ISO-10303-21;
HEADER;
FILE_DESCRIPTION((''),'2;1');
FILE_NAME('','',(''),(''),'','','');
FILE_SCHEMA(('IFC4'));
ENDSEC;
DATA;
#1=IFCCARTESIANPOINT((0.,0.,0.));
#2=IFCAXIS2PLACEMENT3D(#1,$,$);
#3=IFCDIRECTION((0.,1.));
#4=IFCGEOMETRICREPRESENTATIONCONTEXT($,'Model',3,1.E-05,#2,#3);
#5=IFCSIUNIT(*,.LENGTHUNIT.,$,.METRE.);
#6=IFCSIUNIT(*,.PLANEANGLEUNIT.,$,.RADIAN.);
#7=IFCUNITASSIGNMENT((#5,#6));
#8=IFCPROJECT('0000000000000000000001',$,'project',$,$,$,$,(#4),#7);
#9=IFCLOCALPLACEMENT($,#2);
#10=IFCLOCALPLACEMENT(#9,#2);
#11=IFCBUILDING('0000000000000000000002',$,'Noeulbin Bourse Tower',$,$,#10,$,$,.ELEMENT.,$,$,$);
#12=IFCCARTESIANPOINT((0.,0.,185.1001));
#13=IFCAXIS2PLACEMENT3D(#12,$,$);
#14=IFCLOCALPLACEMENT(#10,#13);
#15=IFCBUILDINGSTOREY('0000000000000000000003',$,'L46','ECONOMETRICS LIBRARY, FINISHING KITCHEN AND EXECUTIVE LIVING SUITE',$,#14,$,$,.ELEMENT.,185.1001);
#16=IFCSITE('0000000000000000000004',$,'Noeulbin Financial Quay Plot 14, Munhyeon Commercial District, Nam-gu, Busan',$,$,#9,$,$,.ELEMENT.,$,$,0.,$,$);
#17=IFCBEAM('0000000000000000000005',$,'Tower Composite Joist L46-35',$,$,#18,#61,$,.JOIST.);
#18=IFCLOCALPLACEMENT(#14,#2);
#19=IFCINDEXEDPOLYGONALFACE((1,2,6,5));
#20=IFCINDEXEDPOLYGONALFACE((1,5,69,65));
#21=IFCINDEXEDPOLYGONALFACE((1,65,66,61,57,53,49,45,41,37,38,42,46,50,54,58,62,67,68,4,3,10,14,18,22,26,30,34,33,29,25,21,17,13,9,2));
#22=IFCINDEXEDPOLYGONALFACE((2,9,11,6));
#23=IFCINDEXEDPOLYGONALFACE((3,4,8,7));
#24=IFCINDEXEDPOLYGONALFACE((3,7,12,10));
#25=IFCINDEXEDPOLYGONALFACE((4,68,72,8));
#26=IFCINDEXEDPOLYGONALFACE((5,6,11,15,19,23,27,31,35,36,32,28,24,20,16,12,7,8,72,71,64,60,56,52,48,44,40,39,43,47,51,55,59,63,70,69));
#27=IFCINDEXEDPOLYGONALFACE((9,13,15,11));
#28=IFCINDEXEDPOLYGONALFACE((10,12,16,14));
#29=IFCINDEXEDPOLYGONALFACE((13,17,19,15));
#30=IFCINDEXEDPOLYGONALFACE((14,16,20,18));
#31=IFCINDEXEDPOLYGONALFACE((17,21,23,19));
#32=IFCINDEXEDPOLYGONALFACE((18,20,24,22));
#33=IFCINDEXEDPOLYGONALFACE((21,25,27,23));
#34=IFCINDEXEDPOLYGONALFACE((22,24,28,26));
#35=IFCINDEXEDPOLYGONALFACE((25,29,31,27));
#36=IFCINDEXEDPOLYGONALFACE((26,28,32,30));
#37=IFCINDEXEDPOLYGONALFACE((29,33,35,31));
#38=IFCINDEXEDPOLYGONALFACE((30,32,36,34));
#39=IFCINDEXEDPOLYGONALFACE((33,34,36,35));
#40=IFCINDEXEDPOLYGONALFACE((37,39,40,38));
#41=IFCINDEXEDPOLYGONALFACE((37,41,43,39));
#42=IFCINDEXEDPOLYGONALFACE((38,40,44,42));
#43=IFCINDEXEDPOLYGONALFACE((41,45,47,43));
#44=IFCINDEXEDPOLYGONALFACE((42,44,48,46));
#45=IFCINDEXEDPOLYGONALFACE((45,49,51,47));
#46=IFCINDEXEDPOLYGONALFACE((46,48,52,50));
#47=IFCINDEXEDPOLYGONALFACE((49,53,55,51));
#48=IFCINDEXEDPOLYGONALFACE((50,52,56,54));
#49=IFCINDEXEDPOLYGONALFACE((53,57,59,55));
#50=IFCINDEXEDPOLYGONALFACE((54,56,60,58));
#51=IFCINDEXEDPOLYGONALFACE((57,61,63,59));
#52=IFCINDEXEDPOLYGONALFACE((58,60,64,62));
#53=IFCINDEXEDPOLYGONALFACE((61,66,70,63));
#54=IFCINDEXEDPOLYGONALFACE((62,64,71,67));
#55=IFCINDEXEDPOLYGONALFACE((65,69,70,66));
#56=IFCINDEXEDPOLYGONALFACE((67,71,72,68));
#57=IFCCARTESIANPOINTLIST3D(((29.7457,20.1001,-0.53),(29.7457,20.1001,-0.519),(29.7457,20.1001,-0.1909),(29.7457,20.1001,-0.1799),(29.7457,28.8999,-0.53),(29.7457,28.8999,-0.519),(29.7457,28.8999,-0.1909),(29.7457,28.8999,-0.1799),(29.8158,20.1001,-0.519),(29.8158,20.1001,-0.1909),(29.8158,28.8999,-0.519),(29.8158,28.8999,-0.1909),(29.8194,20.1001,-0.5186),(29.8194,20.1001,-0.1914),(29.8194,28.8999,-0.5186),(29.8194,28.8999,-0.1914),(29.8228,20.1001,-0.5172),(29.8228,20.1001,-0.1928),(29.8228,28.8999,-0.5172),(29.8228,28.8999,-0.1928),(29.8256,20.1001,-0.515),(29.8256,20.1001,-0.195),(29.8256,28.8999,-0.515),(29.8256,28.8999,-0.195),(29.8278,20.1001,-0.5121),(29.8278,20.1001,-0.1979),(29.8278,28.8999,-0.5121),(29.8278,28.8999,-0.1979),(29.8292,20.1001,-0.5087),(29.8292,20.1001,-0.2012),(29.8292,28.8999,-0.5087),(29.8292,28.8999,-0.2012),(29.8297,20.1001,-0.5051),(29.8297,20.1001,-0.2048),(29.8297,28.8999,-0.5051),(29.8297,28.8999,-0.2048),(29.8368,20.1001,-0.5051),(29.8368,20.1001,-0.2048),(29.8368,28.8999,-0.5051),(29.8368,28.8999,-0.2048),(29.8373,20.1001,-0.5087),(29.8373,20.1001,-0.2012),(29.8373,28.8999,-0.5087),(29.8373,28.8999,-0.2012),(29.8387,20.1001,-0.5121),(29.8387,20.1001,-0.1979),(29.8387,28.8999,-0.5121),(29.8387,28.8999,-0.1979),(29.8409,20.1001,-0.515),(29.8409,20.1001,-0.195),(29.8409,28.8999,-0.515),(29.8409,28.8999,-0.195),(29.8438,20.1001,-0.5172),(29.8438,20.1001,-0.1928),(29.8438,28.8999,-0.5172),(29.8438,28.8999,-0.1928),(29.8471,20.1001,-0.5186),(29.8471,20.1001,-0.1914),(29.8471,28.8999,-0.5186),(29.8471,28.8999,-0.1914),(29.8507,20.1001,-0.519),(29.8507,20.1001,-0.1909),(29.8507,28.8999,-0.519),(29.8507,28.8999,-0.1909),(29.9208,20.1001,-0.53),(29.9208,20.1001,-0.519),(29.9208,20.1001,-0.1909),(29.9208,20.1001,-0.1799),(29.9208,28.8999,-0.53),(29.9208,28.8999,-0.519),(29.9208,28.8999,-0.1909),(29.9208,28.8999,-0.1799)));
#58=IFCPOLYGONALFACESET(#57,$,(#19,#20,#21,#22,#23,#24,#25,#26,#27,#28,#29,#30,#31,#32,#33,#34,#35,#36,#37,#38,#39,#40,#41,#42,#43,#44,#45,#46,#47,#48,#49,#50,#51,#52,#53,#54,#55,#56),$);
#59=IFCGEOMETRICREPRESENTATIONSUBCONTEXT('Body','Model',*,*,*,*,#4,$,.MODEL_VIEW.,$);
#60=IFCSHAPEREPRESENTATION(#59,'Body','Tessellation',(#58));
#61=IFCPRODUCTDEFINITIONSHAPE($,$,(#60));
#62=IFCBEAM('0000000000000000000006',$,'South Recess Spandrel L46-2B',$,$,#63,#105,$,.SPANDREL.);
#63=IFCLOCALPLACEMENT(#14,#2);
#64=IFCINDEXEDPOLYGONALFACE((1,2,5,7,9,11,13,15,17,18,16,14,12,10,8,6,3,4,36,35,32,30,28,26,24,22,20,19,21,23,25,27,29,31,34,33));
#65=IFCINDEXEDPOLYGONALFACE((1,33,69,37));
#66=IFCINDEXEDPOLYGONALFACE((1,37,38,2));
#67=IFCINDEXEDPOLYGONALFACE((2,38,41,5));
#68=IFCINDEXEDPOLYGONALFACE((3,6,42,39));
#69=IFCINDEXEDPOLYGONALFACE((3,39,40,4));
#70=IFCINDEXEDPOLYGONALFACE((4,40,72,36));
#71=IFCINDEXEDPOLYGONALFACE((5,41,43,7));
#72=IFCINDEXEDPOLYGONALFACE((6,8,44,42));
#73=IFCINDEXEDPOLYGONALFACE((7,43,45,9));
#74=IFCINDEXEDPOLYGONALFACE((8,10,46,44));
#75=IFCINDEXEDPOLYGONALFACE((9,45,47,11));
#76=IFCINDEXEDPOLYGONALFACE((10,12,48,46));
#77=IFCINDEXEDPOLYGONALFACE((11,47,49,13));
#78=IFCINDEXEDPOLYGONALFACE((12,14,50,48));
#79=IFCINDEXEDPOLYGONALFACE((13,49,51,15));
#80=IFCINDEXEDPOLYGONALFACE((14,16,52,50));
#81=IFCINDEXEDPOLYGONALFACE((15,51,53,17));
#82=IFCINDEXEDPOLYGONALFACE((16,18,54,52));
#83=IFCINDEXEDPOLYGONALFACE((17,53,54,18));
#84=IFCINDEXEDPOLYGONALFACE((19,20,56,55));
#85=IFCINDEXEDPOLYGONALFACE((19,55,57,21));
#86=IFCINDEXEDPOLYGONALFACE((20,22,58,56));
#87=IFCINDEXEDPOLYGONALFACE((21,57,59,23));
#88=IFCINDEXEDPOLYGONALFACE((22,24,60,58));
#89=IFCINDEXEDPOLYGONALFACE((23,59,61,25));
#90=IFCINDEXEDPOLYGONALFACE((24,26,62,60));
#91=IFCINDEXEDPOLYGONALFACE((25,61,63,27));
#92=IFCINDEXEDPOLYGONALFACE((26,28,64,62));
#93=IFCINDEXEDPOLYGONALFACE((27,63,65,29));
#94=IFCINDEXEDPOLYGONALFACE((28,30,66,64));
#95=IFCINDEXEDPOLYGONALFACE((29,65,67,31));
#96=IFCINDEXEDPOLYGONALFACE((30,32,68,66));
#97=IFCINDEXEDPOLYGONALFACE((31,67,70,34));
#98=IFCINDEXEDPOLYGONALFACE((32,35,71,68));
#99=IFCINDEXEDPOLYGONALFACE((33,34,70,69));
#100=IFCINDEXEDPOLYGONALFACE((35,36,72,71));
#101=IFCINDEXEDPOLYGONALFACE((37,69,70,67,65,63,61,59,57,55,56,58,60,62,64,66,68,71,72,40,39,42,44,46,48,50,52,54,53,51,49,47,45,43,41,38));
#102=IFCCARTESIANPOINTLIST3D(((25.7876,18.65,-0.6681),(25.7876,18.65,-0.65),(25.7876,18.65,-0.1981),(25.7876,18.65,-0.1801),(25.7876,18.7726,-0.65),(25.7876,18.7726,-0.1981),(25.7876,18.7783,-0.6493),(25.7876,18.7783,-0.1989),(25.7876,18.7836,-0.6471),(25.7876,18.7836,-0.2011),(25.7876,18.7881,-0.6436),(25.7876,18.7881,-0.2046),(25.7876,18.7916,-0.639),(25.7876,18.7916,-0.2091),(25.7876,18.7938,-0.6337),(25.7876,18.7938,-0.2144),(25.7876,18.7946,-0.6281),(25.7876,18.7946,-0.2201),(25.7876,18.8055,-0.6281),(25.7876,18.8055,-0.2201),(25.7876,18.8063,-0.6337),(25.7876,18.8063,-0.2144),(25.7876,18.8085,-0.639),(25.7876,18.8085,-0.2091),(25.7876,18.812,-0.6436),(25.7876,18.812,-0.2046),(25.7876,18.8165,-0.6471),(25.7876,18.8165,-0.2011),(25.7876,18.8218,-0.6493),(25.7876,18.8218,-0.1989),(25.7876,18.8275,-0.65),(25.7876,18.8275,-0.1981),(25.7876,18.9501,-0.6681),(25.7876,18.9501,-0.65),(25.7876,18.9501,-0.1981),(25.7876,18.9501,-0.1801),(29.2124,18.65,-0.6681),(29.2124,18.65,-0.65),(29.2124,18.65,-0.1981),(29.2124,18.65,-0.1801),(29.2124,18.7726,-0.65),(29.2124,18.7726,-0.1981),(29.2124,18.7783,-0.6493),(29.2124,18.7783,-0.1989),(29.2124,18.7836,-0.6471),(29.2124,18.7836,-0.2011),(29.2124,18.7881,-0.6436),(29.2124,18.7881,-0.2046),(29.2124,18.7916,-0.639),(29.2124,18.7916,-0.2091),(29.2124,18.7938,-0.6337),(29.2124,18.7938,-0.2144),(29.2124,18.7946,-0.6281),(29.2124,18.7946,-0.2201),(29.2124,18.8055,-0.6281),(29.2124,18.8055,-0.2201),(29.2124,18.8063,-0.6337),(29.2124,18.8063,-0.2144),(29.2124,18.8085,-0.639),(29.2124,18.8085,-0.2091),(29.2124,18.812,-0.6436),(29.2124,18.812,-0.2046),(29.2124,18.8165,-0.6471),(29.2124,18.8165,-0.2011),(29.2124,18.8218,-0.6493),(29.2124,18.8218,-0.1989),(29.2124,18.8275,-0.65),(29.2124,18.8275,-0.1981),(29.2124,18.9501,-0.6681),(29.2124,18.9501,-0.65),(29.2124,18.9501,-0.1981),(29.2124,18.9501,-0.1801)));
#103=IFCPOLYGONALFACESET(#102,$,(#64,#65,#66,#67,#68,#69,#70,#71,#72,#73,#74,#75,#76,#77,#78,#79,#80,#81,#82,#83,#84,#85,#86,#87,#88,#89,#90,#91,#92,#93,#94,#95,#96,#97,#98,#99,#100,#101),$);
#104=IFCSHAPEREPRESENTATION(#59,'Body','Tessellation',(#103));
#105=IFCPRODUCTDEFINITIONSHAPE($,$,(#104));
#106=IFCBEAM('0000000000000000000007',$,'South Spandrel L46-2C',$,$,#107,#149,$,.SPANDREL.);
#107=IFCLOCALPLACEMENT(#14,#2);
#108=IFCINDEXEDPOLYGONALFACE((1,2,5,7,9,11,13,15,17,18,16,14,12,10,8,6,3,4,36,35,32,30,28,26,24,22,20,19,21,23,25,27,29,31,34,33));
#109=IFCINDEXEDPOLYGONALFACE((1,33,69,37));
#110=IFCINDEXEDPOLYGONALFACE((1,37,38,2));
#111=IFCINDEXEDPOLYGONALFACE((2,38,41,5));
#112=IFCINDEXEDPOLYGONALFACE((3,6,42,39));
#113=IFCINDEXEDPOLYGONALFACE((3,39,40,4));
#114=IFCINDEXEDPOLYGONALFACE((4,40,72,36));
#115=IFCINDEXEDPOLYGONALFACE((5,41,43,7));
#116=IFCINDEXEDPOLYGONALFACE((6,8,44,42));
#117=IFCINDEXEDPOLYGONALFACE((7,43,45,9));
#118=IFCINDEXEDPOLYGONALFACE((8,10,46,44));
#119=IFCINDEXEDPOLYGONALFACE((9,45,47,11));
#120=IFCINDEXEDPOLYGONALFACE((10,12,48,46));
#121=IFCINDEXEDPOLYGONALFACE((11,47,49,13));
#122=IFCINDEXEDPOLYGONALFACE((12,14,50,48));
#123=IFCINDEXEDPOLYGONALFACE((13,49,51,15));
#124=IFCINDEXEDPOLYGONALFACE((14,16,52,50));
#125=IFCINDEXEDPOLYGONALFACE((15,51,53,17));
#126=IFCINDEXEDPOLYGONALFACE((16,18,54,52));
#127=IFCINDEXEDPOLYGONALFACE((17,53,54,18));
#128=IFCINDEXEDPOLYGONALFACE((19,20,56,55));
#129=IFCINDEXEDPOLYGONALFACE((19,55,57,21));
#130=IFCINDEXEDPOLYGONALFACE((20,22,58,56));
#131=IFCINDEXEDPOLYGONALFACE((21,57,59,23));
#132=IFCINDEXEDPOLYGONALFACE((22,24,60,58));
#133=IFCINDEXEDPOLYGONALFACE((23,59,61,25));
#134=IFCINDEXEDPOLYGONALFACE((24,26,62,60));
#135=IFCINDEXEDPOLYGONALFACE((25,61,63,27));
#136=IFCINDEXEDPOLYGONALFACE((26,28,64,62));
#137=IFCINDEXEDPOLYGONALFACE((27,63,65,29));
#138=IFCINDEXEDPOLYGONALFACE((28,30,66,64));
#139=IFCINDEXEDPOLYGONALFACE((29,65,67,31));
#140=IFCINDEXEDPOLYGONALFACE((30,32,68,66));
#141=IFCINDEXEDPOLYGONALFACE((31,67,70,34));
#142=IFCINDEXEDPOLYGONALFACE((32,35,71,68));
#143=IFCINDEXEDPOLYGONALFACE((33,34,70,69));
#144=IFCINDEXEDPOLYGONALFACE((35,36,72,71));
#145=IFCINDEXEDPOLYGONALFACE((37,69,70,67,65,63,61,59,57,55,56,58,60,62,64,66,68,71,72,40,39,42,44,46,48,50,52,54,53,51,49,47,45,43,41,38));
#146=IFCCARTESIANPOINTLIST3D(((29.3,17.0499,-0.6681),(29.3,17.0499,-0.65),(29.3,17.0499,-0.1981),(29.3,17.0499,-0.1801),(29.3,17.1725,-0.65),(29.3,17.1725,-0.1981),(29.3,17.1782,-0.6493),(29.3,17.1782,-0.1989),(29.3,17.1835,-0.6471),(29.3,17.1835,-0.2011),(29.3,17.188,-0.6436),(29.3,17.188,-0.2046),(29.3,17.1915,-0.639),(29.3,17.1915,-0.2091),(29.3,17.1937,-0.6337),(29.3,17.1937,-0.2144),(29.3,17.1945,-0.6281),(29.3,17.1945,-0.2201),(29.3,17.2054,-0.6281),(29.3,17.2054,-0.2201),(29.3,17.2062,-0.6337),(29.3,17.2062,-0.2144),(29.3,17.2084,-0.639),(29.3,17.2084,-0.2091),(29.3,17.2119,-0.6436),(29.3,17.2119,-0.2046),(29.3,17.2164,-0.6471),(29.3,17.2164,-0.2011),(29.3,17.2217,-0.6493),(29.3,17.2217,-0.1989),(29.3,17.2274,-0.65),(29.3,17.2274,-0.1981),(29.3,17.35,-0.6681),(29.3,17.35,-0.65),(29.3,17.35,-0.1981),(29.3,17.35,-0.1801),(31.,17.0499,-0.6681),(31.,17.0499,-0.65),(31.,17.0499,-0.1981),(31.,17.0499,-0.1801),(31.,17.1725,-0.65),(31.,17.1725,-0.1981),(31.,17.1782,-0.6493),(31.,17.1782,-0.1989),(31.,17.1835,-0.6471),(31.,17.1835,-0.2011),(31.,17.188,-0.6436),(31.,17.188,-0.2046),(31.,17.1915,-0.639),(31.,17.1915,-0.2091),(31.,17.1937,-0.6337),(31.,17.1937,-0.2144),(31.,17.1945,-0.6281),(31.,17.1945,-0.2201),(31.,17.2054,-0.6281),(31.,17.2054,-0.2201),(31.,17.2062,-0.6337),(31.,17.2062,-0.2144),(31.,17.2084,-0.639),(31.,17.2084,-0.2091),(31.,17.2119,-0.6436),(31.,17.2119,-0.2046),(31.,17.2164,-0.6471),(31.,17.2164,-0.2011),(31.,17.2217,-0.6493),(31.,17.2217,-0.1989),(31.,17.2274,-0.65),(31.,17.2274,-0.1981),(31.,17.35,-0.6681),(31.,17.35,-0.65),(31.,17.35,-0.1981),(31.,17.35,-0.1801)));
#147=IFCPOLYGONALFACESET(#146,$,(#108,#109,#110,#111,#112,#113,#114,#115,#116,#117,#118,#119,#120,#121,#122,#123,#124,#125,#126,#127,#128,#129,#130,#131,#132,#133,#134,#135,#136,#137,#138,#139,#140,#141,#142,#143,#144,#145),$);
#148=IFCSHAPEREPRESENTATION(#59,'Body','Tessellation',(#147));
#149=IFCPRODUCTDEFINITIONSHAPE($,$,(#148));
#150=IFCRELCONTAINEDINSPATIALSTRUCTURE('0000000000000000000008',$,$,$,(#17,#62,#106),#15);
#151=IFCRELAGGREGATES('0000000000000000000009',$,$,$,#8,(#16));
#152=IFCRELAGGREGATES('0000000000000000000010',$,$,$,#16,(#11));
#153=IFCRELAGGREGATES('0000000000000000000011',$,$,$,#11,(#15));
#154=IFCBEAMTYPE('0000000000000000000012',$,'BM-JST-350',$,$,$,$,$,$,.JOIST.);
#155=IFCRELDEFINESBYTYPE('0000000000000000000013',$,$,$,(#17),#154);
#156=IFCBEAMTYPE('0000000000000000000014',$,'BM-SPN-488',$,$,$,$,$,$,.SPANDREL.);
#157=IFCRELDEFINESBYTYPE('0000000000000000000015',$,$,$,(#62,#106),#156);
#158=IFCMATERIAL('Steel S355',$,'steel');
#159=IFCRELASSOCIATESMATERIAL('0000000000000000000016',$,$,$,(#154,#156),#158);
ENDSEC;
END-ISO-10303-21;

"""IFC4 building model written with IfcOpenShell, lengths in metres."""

from ifc_helpers import new_model, si_unit, direction, frame, origin, origin_2d, place, context, subcontext, project, spatial, i_section, extrude, material, material_profile, profile_set, type_object, element, save


model = new_model("IFC4")

# Units and contexts
model_context = context("Model", 3, precision=1e-05, world=origin(), true_north=direction((0.0, 1.0)))
body_context = subcontext(model_context, "Body", "Model", "MODEL_VIEW")
ifc_project = project(units=[si_unit("LENGTHUNIT", "METRE"), si_unit("PLANEANGLEUNIT", "RADIAN")], contexts=[model_context])

# Site, building, storey
site_placement = place(None, origin())
site = spatial("IfcSite", under=ifc_project, at=site_placement, Name="Noeulbin Financial Quay Plot 14, Munhyeon Commercial District, Nam-gu, Busan", CompositionType="ELEMENT", RefElevation=0.0)
building_placement = place(site_placement, origin())
building = spatial("IfcBuilding", under=site, at=building_placement, Name="Noeulbin Bourse Tower", CompositionType="ELEMENT")
storey_placement = place(building_placement, frame((0.0, 0.0, 185.1001)))
storey = spatial("IfcBuildingStorey", under=building, at=storey_placement, Name="L46", Description="ECONOMETRICS LIBRARY, FINISHING KITCHEN AND EXECUTIVE LIVING SUITE", CompositionType="ELEMENT", Elevation=185.1001)

# Beams
ifc_material_1 = material(Name="Steel S355", Category="steel")
ifc_material_profile_1 = material_profile(ifc_material_1, i_section(OverallWidth=0.175, OverallDepth=0.3501, WebThickness=0.0071, FlangeThickness=0.011, FilletRadius=0.0139, at=origin_2d()), Name="H-350x175x7x11", Category="LoadBearing")
ifc_profile_set_1 = profile_set([ifc_material_profile_1], Name="Steel S355")
beam_type_1 = type_object("IfcBeamType", Name="BM-JST-350", PredefinedType="JOIST", material=ifc_profile_set_1)
beam_1_placement = place(storey_placement, frame((29.8333, 20.1001, -0.355), z_axis=(0.0, 1.0, 0.0), x_axis=(-1.0, 0.0, 0.0)))
element("IfcBeam", 1, at=beam_1_placement, inside=storey, type_object=beam_type_1, Name="Tower Composite Joist L46-35", PredefinedType="JOIST", context=body_context, shape_type="SweptSolid", body=[
    extrude(i_section(OverallWidth=0.175, OverallDepth=0.3501, WebThickness=0.0071, FlangeThickness=0.011, FilletRadius=0.0139, at=origin_2d()), origin(), (0.0, 0.0, 1.0), 8.7998),
])
ifc_material_profile_2 = material_profile(ifc_material_1, i_section(OverallWidth=0.3, OverallDepth=0.488, WebThickness=0.011, FlangeThickness=0.0181, FilletRadius=0.022, at=origin_2d()), Name="H-488x300x11x18", Category="LoadBearing")
ifc_profile_set_2 = profile_set([ifc_material_profile_2], Name="Steel S355")
beam_type_2 = type_object("IfcBeamType", Name="BM-SPN-488", PredefinedType="SPANDREL", material=ifc_profile_set_2)
beam_2_placement = place(storey_placement, frame((25.7876, 18.8, -0.4241), z_axis=(1.0, 0.0, 0.0), x_axis=(0.0, 1.0, 0.0)))
element("IfcBeam", 2, at=beam_2_placement, inside=storey, type_object=beam_type_2, Name="South Recess Spandrel L46-2B", PredefinedType="SPANDREL", context=body_context, shape_type="SweptSolid", body=[
    extrude(i_section(OverallWidth=0.3, OverallDepth=0.488, WebThickness=0.011, FlangeThickness=0.0181, FilletRadius=0.022, at=origin_2d()), origin(), (0.0, 0.0, 1.0), 3.4248),
])
beam_3_placement = place(storey_placement, frame((29.3, 17.2, -0.4241), z_axis=(1.0, 0.0, 0.0), x_axis=(0.0, 1.0, 0.0)))
element("IfcBeam", 3, at=beam_3_placement, inside=storey, type_object=beam_type_2, Name="South Spandrel L46-2C", PredefinedType="SPANDREL", context=body_context, shape_type="SweptSolid", body=[
    extrude(i_section(OverallWidth=0.3, OverallDepth=0.488, WebThickness=0.011, FlangeThickness=0.0181, FilletRadius=0.022, at=origin_2d()), origin(), (0.0, 0.0, 1.0), 1.7),
])

save(model, "model.ifc")
